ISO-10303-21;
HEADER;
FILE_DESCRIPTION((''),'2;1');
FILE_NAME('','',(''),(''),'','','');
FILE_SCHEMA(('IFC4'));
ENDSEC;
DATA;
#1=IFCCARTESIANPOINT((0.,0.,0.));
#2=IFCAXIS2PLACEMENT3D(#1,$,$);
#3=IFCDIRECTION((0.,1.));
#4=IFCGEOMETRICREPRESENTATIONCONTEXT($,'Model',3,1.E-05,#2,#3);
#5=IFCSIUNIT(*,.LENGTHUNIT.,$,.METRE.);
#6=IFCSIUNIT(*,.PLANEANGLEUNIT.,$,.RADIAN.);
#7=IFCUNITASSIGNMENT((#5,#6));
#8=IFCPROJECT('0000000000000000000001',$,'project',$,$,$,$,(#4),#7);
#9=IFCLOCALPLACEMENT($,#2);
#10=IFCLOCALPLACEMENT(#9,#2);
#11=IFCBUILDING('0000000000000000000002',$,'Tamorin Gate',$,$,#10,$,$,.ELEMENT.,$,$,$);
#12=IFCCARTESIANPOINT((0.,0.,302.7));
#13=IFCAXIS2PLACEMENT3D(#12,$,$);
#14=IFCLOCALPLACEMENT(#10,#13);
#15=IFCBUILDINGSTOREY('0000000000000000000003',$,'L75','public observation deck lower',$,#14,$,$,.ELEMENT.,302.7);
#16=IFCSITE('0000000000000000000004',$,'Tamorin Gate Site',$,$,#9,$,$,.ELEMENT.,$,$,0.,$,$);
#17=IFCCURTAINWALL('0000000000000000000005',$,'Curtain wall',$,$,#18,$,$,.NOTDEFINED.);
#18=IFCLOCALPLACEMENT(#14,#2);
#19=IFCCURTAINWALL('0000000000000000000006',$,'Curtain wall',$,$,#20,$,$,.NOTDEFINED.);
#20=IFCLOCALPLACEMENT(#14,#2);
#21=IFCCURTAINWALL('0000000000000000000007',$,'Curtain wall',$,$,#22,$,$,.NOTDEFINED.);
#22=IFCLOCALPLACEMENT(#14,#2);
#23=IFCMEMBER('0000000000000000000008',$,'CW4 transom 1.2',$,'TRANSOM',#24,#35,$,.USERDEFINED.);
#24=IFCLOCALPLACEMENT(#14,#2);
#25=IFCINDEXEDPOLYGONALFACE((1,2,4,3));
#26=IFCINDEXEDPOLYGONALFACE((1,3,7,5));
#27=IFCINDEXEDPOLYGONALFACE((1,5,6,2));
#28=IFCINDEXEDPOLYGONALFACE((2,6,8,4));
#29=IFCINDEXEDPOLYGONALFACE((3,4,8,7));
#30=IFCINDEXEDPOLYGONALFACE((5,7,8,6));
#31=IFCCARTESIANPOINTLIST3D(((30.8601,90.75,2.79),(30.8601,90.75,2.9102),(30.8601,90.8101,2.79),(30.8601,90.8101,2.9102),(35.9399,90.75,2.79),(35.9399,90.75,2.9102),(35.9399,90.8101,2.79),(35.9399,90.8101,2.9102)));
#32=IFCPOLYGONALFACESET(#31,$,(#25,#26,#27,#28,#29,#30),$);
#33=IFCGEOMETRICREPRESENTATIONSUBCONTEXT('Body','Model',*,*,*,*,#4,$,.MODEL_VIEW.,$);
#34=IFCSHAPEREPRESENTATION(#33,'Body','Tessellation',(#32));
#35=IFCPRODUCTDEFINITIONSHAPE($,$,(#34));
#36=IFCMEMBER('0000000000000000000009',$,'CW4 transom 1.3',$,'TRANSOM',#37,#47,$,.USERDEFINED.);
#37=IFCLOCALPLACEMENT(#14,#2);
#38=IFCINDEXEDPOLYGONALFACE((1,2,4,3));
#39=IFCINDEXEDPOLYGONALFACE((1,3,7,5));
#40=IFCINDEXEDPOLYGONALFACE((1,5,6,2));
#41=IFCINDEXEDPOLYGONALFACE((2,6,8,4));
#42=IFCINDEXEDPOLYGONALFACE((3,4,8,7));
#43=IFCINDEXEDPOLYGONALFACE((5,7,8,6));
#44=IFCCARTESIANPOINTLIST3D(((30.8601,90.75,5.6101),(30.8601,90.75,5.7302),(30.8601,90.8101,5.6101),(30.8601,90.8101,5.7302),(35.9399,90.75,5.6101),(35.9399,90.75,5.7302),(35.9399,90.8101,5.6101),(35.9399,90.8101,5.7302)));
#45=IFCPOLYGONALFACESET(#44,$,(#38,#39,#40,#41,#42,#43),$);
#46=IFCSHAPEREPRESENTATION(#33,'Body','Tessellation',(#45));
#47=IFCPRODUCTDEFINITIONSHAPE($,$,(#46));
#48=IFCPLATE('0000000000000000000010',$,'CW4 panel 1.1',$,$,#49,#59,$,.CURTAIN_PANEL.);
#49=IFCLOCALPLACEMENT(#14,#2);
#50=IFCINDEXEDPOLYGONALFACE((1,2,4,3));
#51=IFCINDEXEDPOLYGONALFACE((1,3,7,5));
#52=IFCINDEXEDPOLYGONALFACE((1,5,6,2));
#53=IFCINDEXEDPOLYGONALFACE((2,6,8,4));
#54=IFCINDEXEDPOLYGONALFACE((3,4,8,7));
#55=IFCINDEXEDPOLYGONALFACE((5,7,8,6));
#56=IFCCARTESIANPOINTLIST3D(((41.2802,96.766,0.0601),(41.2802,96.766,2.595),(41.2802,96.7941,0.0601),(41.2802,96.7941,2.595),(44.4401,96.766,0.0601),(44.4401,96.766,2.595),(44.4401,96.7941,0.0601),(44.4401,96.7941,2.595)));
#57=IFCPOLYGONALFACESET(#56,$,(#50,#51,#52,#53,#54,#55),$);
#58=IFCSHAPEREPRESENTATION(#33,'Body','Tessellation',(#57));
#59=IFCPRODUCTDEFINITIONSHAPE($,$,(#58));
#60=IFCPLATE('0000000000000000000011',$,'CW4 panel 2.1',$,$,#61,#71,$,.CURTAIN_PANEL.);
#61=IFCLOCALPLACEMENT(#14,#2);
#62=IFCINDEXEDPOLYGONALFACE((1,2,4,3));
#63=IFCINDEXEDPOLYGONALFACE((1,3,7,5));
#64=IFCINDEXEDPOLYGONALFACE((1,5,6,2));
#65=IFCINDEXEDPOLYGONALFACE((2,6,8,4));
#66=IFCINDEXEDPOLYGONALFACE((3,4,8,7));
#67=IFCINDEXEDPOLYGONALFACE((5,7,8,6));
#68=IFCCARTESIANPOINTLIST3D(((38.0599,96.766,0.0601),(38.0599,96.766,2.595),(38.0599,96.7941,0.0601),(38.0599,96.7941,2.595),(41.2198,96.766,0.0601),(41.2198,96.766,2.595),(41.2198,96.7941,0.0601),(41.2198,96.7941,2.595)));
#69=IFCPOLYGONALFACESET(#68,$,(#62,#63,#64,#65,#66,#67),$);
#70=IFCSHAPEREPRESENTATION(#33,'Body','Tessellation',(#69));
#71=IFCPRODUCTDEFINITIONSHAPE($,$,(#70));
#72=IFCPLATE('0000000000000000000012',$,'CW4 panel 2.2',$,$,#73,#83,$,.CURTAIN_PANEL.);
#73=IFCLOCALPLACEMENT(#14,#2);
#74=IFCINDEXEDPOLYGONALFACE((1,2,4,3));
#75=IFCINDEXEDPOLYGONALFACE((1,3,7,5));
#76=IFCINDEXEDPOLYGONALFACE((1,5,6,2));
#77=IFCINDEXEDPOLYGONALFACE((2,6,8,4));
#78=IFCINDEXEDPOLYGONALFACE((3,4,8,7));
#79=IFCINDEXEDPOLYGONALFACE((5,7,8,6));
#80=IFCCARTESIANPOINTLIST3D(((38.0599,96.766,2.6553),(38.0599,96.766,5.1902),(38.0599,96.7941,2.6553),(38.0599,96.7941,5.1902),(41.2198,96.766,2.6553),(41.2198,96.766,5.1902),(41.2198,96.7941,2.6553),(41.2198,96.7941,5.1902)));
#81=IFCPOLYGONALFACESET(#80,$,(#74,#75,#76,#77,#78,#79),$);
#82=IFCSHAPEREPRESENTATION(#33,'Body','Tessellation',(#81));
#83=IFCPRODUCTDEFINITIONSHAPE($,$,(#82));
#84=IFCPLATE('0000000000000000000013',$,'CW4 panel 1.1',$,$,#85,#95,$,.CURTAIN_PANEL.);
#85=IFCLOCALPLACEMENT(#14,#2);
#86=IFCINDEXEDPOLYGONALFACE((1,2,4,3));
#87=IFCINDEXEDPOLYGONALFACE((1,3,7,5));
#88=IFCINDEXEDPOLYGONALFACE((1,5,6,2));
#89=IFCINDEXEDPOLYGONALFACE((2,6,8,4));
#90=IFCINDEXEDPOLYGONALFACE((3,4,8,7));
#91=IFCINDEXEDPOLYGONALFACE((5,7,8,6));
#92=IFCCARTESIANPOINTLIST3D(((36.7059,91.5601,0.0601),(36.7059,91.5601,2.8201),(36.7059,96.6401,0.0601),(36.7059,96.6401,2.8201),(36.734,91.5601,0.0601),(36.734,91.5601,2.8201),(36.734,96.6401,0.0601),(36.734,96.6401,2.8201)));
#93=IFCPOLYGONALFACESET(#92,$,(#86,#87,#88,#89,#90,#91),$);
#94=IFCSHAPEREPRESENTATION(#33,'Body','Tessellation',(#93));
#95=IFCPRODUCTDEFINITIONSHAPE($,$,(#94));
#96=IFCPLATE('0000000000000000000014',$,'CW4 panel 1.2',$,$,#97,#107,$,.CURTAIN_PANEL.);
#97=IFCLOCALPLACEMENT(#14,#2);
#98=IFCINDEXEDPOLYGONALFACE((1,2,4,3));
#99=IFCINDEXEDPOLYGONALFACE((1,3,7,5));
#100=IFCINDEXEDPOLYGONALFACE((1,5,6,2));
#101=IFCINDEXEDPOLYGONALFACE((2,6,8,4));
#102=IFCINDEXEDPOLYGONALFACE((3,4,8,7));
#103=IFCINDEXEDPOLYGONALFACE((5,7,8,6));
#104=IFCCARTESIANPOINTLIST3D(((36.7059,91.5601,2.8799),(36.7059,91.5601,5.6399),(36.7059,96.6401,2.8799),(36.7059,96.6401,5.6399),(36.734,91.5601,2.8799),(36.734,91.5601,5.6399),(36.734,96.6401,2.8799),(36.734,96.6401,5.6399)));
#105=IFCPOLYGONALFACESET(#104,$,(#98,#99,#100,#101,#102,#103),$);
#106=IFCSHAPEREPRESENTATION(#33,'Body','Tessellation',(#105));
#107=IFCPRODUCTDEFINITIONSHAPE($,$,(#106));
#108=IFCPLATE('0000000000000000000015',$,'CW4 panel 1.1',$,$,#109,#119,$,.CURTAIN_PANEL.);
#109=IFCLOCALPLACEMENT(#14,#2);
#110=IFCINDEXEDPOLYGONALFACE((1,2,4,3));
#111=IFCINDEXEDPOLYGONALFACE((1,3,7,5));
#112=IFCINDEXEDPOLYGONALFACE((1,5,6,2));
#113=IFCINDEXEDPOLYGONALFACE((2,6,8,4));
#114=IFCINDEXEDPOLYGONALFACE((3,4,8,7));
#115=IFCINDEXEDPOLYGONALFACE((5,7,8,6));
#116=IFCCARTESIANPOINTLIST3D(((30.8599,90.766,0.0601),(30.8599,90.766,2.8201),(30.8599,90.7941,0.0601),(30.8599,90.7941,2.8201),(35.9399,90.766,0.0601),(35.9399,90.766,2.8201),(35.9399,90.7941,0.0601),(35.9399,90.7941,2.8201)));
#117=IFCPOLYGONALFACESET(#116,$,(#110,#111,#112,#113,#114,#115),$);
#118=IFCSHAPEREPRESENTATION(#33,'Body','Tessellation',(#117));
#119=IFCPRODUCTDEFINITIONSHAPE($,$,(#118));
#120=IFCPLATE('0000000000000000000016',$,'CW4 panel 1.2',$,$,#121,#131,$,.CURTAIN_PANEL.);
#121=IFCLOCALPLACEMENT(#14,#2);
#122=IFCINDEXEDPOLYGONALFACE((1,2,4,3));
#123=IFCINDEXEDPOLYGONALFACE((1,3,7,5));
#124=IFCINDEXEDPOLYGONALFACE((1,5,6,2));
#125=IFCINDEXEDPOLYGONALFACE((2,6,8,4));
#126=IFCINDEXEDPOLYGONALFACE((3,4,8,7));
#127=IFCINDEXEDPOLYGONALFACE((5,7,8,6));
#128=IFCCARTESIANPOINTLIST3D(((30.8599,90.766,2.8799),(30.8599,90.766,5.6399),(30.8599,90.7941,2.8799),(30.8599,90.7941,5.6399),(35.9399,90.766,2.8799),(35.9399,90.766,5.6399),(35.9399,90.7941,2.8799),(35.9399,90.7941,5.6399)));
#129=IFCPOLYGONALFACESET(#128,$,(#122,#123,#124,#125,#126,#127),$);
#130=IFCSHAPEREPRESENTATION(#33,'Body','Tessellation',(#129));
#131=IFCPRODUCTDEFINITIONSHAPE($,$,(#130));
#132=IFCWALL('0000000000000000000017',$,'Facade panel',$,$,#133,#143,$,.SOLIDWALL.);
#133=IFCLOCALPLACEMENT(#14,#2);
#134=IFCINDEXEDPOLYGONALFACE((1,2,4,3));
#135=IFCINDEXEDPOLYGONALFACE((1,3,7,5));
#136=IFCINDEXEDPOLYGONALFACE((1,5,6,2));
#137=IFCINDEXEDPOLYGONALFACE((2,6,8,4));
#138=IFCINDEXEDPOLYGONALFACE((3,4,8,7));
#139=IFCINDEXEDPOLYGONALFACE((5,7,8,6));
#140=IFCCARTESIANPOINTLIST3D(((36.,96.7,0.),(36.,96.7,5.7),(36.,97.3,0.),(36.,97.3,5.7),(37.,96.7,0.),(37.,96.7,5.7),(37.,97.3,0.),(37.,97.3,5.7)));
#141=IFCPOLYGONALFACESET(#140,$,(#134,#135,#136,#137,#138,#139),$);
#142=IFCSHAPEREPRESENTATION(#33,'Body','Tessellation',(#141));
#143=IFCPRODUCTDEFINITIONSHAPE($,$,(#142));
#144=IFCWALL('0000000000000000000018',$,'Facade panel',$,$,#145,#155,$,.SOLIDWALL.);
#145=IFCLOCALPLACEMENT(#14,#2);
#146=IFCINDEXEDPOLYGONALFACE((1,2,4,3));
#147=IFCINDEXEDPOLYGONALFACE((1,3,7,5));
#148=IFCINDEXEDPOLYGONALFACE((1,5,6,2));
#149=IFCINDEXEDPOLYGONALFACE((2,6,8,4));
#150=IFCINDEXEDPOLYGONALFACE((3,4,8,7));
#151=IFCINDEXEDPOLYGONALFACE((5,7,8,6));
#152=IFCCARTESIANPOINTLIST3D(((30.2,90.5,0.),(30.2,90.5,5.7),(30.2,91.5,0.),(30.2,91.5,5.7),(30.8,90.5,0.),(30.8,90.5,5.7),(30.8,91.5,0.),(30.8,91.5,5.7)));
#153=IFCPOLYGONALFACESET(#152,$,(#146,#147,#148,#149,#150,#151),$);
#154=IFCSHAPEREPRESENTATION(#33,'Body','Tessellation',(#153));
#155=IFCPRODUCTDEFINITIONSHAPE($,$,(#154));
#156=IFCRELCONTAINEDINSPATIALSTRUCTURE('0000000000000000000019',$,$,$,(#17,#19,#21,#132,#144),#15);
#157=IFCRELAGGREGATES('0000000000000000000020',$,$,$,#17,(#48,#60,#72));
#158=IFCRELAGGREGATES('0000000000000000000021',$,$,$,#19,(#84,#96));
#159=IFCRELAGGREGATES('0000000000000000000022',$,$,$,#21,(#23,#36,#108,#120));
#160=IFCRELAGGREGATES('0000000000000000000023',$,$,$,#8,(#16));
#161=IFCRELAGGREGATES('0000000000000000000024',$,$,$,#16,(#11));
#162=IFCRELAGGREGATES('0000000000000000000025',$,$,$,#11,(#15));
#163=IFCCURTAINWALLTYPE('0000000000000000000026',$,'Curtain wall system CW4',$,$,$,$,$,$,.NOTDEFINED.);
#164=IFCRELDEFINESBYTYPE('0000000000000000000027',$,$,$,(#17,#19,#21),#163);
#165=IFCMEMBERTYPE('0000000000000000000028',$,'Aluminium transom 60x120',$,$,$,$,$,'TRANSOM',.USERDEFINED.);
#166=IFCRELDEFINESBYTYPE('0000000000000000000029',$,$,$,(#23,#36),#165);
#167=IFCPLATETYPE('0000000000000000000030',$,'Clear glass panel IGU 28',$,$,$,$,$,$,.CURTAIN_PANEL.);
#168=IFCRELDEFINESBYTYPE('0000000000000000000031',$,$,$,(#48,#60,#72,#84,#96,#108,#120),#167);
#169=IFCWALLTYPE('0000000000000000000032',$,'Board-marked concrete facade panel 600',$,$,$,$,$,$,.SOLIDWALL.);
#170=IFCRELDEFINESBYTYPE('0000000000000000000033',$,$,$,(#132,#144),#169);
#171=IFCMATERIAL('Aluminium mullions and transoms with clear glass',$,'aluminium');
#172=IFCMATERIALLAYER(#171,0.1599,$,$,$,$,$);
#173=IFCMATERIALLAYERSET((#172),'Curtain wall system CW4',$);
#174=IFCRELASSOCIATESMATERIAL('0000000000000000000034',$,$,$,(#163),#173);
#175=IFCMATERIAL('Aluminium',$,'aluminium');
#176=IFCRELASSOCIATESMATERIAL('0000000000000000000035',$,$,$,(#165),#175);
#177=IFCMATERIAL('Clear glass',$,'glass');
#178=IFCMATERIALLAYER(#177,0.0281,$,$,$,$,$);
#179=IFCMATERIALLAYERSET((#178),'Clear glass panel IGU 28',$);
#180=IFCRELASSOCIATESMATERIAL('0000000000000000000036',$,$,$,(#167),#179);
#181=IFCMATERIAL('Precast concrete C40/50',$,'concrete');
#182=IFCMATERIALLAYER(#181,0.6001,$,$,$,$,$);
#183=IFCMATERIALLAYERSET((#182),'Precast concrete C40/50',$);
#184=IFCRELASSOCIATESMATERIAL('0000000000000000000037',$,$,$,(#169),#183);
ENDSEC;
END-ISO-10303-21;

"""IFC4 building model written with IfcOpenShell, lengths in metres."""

from ifc_helpers import new_model, si_unit, direction, frame, frame_2d, origin, origin_2d, place, context, subcontext, project, spatial, rectangle, extrude, material, layer, layer_set, material_profile, profile_set, type_object, element, aggregate, save


model = new_model("IFC4")

# Units and contexts
model_context = context("Model", 3, precision=1e-05, world=origin(), true_north=direction((0.0, 1.0)))
body_context = subcontext(model_context, "Body", "Model", "MODEL_VIEW")
ifc_project = project(units=[si_unit("LENGTHUNIT", "METRE"), si_unit("PLANEANGLEUNIT", "RADIAN")], contexts=[model_context])

# Site, building, storey
site_placement = place(None, origin())
site = spatial("IfcSite", under=ifc_project, at=site_placement, Name="Tamorin Gate Site", CompositionType="ELEMENT", RefElevation=0.0)
building_placement = place(site_placement, origin())
building = spatial("IfcBuilding", under=site, at=building_placement, Name="Tamorin Gate", CompositionType="ELEMENT")
storey_placement = place(building_placement, frame((0.0, 0.0, 302.7)))
storey = spatial("IfcBuildingStorey", under=building, at=storey_placement, Name="L75", Description="public observation deck lower", CompositionType="ELEMENT", Elevation=302.7)

# Curtain walls
ifc_material_1 = material(Name="Aluminium mullions and transoms with clear glass", Category="aluminium")
ifc_layer_1 = layer(ifc_material_1, 0.1599)
ifc_layer_set_1 = layer_set([ifc_layer_1], Name="Curtain wall system CW4")
curtain_wall_type = type_object("IfcCurtainWallType", Name="Curtain wall system CW4", PredefinedType="NOTDEFINED", material=ifc_layer_set_1)
curtain_wall_1_placement = place(storey_placement, origin())
curtain_wall_1 = element("IfcCurtainWall", 1, at=curtain_wall_1_placement, inside=storey, type_object=curtain_wall_type, Name="Curtain wall", PredefinedType="NOTDEFINED")
ifc_material_2 = material(Name="Aluminium", Category="aluminium")
curtain_wall_2_placement = place(storey_placement, origin())
curtain_wall_2 = element("IfcCurtainWall", 2, at=curtain_wall_2_placement, inside=storey, type_object=curtain_wall_type, Name="Curtain wall", PredefinedType="NOTDEFINED")
curtain_wall_3_placement = place(storey_placement, origin())
curtain_wall_3 = element("IfcCurtainWall", 3, at=curtain_wall_3_placement, inside=storey, type_object=curtain_wall_type, Name="Curtain wall", PredefinedType="NOTDEFINED")

# Members
ifc_material_profile_1 = material_profile(ifc_material_2, rectangle(XDim=0.0601, YDim=0.1201, at=origin_2d()), Name="RECT 60x120")
ifc_profile_set_1 = profile_set([ifc_material_profile_1], Name="Aluminium")
member_type_1 = type_object("IfcMemberType", Name="Aluminium transom 60x120", ElementType="TRANSOM", PredefinedType="USERDEFINED", material=ifc_profile_set_1)
member_1_placement = place(storey_placement, frame((35.9399, 90.78, 2.8501), z_axis=(-1.0, 0.0, 0.0), x_axis=(0.0, -1.0, 0.0)))
member_1 = element("IfcMember", 4, at=member_1_placement, type_object=member_type_1, Name="CW4 transom 1.2", ObjectType="TRANSOM", PredefinedType="USERDEFINED", context=body_context, shape_type="SweptSolid", body=[
    extrude(rectangle(XDim=0.0601, YDim=0.1201, at=origin_2d()), origin(), (0.0, 0.0, 1.0), 5.0798),
])
member_2_placement = place(storey_placement, frame((35.9399, 90.78, 5.6702), z_axis=(-1.0, 0.0, 0.0), x_axis=(0.0, -1.0, 0.0)))
member_2 = element("IfcMember", 5, at=member_2_placement, type_object=member_type_1, Name="CW4 transom 1.3", ObjectType="TRANSOM", PredefinedType="USERDEFINED", context=body_context, shape_type="SweptSolid", body=[
    extrude(rectangle(XDim=0.0601, YDim=0.1201, at=origin_2d()), origin(), (0.0, 0.0, 1.0), 5.0798),
])

# Plates
ifc_material_3 = material(Name="Clear glass", Category="glass")
ifc_layer_2 = layer(ifc_material_3, 0.0281)
ifc_layer_set_2 = layer_set([ifc_layer_2], Name="Clear glass panel IGU 28")
plate_type = type_object("IfcPlateType", Name="Clear glass panel IGU 28", PredefinedType="CURTAIN_PANEL", material=ifc_layer_set_2)
plate_1_placement = place(storey_placement, frame((42.8601, 96.78, 0.0601), z_axis=(0.0, 0.0, 1.0), x_axis=(-1.0, 0.0, 0.0)))
plate_1 = element("IfcPlate", 6, at=plate_1_placement, type_object=plate_type, Name="CW4 panel 1.1", PredefinedType="CURTAIN_PANEL", context=body_context, shape_type="SweptSolid", body=[
    extrude(rectangle(XDim=3.1599, YDim=0.0281, at=origin_2d()), origin(), (0.0, 0.0, 1.0), 2.5349),
])
plate_2_placement = place(storey_placement, frame((39.6399, 96.78, 0.0601), z_axis=(0.0, 0.0, 1.0), x_axis=(-1.0, 0.0, 0.0)))
plate_2 = element("IfcPlate", 7, at=plate_2_placement, type_object=plate_type, Name="CW4 panel 2.1", PredefinedType="CURTAIN_PANEL", context=body_context, shape_type="SweptSolid", body=[
    extrude(rectangle(XDim=3.1599, YDim=0.0281, at=origin_2d()), origin(), (0.0, 0.0, 1.0), 2.5349),
])
plate_3_placement = place(storey_placement, frame((39.6399, 96.78, 2.6553), z_axis=(0.0, 0.0, 1.0), x_axis=(-1.0, 0.0, 0.0)))
plate_3 = element("IfcPlate", 8, at=plate_3_placement, type_object=plate_type, Name="CW4 panel 2.2", PredefinedType="CURTAIN_PANEL", context=body_context, shape_type="SweptSolid", body=[
    extrude(rectangle(XDim=3.1599, YDim=0.0281, at=origin_2d()), origin(), (0.0, 0.0, 1.0), 2.5349),
])
aggregate(curtain_wall_1, [plate_1, plate_2, plate_3])
plate_4_placement = place(storey_placement, frame((36.72, 94.1001, 0.0601), z_axis=(0.0, 0.0, 1.0), x_axis=(0.0, -1.0, 0.0)))
plate_4 = element("IfcPlate", 9, at=plate_4_placement, type_object=plate_type, Name="CW4 panel 1.1", PredefinedType="CURTAIN_PANEL", context=body_context, shape_type="SweptSolid", body=[
    extrude(rectangle(XDim=5.0801, YDim=0.0281, at=origin_2d()), origin(), (0.0, 0.0, 1.0), 2.76),
])
plate_5_placement = place(storey_placement, frame((36.72, 94.1001, 2.8799), z_axis=(0.0, 0.0, 1.0), x_axis=(0.0, -1.0, 0.0)))
plate_5 = element("IfcPlate", 10, at=plate_5_placement, type_object=plate_type, Name="CW4 panel 1.2", PredefinedType="CURTAIN_PANEL", context=body_context, shape_type="SweptSolid", body=[
    extrude(rectangle(XDim=5.0801, YDim=0.0281, at=origin_2d()), origin(), (0.0, 0.0, 1.0), 2.76),
])
aggregate(curtain_wall_2, [plate_4, plate_5])
plate_6_placement = place(storey_placement, frame((33.3999, 90.78, 0.0601), z_axis=(0.0, 0.0, 1.0), x_axis=(-1.0, 0.0, 0.0)))
plate_6 = element("IfcPlate", 11, at=plate_6_placement, type_object=plate_type, Name="CW4 panel 1.1", PredefinedType="CURTAIN_PANEL", context=body_context, shape_type="SweptSolid", body=[
    extrude(rectangle(XDim=5.0801, YDim=0.0281, at=origin_2d()), origin(), (0.0, 0.0, 1.0), 2.76),
])
plate_7_placement = place(storey_placement, frame((33.3999, 90.78, 2.8799), z_axis=(0.0, 0.0, 1.0), x_axis=(-1.0, 0.0, 0.0)))
plate_7 = element("IfcPlate", 12, at=plate_7_placement, type_object=plate_type, Name="CW4 panel 1.2", PredefinedType="CURTAIN_PANEL", context=body_context, shape_type="SweptSolid", body=[
    extrude(rectangle(XDim=5.0801, YDim=0.0281, at=origin_2d()), origin(), (0.0, 0.0, 1.0), 2.76),
])
aggregate(curtain_wall_3, [member_1, member_2, plate_6, plate_7])

# Walls
ifc_material_4 = material(Name="Precast concrete C40/50", Category="concrete")
ifc_layer_3 = layer(ifc_material_4, 0.6001)
ifc_layer_set_3 = layer_set([ifc_layer_3], Name="Precast concrete C40/50")
wall_type = type_object("IfcWallType", Name="Board-marked concrete facade panel 600", PredefinedType="SOLIDWALL", material=ifc_layer_set_3)
for number, where, z_axis, x_axis, name in (
    (13, (37.0, 97.0, 0.0), (0.0, 0.0, 1.0), (-1.0, 0.0, 0.0), "Facade panel"),
    (14, (30.5, 91.5, 0.0), (0.0, 0.0, 1.0), (0.0, -1.0, 0.0), "Facade panel"),
):
    element("IfcWall", number, at=place(storey_placement, frame(where, z_axis=z_axis, x_axis=x_axis)), inside=storey, type_object=wall_type, Name=name, PredefinedType="SOLIDWALL", context=body_context, shape_type="SweptSolid", body=[
        extrude(rectangle(XDim=1.0, YDim=0.6001, at=frame_2d((0.5, 0.0))), origin(), (0.0, 0.0, 1.0), 5.7),
    ])

save(model, "model.ifc")
